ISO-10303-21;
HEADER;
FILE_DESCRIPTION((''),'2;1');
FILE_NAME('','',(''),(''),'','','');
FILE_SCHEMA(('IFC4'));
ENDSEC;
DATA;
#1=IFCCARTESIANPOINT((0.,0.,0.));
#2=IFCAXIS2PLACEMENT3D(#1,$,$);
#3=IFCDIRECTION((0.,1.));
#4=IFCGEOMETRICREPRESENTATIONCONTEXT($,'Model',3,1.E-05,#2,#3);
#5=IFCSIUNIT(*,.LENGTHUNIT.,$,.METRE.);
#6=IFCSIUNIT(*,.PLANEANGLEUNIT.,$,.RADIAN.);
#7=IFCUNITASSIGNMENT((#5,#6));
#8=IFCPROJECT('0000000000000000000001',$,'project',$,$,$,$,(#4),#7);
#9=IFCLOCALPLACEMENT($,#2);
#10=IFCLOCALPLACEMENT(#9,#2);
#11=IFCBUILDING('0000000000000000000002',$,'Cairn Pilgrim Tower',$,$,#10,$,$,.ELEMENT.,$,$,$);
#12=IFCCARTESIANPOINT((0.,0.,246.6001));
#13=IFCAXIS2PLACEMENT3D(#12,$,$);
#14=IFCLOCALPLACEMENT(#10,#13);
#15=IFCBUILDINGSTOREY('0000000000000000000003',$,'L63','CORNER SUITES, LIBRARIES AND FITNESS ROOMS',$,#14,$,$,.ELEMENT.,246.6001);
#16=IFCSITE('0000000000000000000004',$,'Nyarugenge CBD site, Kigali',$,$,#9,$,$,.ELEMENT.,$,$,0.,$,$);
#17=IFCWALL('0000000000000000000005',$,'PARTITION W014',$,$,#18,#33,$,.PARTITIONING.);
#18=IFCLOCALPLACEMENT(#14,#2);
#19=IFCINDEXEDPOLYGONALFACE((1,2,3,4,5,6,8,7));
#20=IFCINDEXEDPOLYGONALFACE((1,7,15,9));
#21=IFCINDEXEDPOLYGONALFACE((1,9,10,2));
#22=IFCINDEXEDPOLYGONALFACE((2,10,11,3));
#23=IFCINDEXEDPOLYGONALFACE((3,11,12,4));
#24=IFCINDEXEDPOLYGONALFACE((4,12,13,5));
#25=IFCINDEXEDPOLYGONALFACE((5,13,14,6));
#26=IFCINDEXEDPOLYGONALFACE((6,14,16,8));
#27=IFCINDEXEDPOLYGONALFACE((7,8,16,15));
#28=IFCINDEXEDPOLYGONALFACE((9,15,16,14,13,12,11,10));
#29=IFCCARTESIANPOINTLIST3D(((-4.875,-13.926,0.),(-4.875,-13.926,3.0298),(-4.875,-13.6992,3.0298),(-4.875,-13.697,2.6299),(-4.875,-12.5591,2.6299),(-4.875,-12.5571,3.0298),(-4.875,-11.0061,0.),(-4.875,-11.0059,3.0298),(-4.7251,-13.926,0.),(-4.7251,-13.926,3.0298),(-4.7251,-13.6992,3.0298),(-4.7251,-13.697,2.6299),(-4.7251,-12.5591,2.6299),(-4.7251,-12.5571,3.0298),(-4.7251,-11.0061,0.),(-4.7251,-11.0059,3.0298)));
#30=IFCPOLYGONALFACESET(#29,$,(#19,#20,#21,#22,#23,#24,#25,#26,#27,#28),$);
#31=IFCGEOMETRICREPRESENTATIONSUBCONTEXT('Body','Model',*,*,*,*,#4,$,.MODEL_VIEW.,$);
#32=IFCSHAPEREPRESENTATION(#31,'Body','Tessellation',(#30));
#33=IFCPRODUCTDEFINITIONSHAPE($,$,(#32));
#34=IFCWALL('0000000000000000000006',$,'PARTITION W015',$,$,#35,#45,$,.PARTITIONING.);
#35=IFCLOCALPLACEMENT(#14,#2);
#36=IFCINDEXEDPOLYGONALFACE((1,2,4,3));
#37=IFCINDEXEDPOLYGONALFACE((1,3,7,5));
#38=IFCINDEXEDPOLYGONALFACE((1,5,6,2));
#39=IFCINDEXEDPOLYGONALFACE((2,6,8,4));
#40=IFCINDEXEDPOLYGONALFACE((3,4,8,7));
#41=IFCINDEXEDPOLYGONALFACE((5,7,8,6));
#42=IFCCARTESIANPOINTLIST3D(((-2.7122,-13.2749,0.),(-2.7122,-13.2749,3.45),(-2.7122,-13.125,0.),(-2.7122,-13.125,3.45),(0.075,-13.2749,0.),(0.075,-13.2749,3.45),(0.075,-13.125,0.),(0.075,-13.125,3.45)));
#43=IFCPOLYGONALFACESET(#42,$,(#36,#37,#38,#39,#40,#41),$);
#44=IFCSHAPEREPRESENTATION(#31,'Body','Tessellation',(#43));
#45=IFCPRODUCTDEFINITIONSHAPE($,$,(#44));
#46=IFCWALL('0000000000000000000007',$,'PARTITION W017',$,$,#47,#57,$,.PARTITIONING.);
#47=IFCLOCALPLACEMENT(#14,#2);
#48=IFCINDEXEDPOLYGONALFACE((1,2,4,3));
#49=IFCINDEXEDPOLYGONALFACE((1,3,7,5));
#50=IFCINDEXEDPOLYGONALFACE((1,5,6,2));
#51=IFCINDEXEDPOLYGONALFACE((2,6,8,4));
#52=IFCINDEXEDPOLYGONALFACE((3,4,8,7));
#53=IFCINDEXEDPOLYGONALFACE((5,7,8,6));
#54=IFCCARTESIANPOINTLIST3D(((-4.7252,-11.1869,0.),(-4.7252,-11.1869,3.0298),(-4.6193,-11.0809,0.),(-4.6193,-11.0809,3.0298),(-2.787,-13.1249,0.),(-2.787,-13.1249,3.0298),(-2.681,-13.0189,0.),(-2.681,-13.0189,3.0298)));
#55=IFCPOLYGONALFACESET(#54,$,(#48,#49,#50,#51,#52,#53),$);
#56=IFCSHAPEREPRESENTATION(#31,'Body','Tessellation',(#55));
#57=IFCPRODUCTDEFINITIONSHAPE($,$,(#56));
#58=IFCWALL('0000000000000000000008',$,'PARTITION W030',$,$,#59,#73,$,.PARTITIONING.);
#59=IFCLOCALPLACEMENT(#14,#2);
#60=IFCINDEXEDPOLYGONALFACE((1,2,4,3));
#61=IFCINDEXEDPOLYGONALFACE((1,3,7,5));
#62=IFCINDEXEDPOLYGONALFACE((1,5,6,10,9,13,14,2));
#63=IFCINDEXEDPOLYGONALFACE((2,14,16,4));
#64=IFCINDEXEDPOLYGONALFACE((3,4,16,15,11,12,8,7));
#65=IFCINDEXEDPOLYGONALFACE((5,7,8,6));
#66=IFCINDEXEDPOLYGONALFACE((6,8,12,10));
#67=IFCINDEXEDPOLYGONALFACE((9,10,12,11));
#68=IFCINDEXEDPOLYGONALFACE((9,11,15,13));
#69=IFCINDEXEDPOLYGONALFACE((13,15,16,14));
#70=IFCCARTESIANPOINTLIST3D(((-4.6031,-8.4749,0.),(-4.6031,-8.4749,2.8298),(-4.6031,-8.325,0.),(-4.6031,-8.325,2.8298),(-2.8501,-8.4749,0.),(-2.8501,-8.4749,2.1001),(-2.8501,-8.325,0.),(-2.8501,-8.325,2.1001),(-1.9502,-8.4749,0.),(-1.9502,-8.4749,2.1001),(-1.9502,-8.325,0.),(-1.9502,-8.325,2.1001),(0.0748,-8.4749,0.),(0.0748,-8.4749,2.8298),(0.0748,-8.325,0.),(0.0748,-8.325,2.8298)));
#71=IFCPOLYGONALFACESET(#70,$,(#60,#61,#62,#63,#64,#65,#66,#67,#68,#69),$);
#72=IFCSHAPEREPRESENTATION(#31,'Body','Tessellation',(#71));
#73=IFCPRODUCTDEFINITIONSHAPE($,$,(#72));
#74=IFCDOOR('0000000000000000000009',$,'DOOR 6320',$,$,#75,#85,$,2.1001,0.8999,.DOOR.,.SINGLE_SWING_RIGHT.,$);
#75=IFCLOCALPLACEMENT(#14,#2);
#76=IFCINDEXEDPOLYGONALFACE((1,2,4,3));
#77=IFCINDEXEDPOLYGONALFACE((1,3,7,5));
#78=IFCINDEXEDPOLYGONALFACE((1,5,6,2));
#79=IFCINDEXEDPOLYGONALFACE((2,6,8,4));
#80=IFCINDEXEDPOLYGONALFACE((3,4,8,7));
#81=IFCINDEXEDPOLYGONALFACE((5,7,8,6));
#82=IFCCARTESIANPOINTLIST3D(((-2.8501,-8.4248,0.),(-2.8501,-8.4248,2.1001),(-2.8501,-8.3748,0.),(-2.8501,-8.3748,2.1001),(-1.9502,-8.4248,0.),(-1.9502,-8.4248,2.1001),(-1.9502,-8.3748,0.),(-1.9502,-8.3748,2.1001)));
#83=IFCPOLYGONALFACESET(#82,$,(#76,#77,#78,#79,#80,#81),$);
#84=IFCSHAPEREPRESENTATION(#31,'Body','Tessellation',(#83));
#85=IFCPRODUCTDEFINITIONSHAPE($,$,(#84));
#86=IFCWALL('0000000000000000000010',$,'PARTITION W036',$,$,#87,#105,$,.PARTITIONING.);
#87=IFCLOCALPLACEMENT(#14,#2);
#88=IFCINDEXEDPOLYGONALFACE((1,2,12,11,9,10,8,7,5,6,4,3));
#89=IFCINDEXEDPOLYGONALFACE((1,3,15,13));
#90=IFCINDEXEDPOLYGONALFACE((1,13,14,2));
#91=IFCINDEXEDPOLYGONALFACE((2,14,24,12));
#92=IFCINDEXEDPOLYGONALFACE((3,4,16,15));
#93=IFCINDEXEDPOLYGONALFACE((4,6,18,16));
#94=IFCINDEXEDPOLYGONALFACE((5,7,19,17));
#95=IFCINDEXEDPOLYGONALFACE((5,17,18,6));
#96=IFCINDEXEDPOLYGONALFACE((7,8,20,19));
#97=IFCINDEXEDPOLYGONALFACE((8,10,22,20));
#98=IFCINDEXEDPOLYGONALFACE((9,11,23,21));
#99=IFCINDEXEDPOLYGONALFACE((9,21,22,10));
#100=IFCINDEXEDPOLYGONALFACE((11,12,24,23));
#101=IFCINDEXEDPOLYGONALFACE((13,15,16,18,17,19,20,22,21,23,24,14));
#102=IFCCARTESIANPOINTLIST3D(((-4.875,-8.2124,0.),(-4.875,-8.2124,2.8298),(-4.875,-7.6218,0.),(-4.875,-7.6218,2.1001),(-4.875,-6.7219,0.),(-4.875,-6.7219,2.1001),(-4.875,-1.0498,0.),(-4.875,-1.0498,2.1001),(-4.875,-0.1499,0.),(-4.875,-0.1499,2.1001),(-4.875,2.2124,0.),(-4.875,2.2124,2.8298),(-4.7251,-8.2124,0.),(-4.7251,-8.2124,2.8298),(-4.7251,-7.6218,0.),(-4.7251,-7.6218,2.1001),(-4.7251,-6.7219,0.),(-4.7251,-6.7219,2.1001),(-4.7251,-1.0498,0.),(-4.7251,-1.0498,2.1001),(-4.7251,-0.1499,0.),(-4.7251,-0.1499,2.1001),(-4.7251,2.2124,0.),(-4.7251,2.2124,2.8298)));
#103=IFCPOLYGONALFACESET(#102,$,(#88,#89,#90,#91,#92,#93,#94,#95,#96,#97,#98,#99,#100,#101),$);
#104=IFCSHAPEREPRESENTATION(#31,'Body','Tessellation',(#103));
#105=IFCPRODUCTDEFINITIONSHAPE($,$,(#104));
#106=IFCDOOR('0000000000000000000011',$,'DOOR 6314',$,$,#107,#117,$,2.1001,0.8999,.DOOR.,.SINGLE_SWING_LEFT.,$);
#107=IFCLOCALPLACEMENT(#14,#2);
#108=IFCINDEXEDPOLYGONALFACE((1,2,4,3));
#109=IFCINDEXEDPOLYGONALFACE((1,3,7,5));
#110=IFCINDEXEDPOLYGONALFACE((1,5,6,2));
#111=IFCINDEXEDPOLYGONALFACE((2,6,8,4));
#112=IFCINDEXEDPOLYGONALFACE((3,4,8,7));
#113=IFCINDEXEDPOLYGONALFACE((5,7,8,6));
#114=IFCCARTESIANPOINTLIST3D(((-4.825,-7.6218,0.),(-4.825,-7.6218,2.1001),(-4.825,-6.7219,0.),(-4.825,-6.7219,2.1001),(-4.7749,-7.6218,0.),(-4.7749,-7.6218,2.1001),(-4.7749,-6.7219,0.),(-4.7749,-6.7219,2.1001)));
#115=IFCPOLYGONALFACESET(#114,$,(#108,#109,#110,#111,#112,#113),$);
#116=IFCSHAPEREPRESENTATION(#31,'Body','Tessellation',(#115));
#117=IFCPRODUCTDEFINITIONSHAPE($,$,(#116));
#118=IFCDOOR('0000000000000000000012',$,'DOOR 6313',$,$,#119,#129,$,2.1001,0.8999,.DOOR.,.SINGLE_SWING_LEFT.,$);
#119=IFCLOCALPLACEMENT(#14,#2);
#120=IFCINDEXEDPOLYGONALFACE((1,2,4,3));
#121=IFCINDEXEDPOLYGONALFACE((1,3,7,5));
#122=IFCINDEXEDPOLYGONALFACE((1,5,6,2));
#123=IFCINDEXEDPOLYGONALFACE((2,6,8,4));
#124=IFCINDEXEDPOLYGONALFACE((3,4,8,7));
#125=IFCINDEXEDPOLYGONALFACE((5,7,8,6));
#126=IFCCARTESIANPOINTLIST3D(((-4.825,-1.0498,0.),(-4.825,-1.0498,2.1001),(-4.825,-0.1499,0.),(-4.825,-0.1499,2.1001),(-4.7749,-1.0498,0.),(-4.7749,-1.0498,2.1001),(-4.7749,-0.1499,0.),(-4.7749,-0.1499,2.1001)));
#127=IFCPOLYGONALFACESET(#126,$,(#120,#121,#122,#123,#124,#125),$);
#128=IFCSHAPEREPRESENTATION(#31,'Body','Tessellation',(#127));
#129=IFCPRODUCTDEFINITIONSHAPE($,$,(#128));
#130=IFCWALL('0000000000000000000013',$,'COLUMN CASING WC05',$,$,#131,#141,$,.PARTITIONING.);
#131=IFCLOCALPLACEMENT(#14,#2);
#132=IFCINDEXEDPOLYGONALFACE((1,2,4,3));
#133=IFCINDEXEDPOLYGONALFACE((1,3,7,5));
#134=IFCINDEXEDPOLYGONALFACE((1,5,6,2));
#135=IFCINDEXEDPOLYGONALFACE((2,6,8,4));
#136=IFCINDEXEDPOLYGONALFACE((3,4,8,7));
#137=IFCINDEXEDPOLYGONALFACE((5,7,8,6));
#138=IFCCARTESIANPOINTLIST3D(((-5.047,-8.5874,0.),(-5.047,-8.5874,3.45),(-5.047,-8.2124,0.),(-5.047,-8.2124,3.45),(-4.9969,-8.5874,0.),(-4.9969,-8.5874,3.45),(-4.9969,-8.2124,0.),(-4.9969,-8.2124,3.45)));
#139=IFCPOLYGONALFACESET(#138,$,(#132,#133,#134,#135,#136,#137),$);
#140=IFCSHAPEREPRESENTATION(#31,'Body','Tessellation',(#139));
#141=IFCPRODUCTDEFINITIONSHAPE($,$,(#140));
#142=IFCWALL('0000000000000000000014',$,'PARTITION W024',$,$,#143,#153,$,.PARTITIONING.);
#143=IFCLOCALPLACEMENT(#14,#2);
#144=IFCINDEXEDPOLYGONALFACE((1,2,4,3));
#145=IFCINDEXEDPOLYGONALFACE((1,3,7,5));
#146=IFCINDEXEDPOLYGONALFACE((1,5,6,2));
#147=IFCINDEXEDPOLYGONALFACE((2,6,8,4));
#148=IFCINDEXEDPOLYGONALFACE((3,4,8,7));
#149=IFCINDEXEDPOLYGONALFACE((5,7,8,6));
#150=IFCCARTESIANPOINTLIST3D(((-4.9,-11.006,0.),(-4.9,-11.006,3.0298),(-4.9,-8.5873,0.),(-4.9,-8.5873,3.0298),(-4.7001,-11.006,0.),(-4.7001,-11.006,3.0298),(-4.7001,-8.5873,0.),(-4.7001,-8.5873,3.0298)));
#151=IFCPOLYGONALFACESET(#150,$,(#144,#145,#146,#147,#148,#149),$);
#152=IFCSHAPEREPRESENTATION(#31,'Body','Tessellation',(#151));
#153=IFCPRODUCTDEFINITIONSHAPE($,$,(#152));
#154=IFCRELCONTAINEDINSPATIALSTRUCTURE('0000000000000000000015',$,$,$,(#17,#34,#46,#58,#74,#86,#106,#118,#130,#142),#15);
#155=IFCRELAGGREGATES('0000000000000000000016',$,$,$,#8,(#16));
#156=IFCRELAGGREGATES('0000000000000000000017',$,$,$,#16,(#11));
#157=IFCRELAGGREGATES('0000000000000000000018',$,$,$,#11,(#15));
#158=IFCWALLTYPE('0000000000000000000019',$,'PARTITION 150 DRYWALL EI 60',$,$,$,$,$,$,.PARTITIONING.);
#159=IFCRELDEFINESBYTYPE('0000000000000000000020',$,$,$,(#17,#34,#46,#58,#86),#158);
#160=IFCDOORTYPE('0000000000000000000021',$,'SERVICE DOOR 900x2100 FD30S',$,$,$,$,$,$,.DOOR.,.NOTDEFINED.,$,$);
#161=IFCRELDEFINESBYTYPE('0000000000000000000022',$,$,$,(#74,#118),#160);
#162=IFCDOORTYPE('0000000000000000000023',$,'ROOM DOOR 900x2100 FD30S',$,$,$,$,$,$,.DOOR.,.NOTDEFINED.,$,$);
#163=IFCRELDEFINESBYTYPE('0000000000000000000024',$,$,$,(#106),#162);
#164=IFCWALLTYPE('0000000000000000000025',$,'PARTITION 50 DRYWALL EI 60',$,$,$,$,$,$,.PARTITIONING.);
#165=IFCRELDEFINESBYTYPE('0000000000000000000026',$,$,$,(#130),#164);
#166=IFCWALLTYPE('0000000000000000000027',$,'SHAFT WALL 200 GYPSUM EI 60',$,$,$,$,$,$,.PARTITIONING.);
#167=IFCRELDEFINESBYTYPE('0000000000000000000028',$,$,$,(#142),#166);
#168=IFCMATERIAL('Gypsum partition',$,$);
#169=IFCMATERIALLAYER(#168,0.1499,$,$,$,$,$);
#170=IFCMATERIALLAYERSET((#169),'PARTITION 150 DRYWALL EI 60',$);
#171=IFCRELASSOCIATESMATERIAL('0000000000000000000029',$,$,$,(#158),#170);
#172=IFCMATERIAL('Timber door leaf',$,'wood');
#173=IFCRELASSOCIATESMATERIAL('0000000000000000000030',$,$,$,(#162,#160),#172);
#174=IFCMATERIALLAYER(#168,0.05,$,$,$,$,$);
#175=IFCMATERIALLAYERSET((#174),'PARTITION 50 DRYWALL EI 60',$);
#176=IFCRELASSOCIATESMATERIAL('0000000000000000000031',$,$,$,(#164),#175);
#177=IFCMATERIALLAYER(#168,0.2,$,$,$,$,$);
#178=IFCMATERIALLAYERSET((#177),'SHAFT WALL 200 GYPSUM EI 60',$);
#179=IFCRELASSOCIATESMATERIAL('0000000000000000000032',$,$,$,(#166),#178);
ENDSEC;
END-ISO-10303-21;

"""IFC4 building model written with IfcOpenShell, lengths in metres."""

from ifc_helpers import new_model, si_unit, direction, frame, frame_2d, origin, place, context, subcontext, project, spatial, polyline, rectangle, outline, extrude, material, layer, layer_set, type_object, element, fill, save


model = new_model("IFC4")

# Units and contexts
model_context = context("Model", 3, precision=1e-05, world=origin(), true_north=direction((0.0, 1.0)))
body_context = subcontext(model_context, "Body", "Model", "MODEL_VIEW")
ifc_project = project(units=[si_unit("LENGTHUNIT", "METRE"), si_unit("PLANEANGLEUNIT", "RADIAN")], contexts=[model_context])

# Site, building, storey
site_placement = place(None, origin())
site = spatial("IfcSite", under=ifc_project, at=site_placement, Name="Nyarugenge CBD site, Kigali", CompositionType="ELEMENT", RefElevation=0.0)
building_placement = place(site_placement, origin())
building = spatial("IfcBuilding", under=site, at=building_placement, Name="Cairn Pilgrim Tower", CompositionType="ELEMENT")
storey_placement = place(building_placement, frame((0.0, 0.0, 246.6001)))
storey = spatial("IfcBuildingStorey", under=building, at=storey_placement, Name="L63", Description="CORNER SUITES, LIBRARIES AND FITNESS ROOMS", CompositionType="ELEMENT", Elevation=246.6001)

# Shared definitions
ifc_material_1 = material(Name="Gypsum partition")
ifc_layer_1 = layer(ifc_material_1, 0.1499)
ifc_layer_set_1 = layer_set([ifc_layer_1], Name="PARTITION 150 DRYWALL EI 60")
wall_type_1 = type_object("IfcWallType", Name="PARTITION 150 DRYWALL EI 60", PredefinedType="PARTITIONING", material=ifc_layer_set_1)
ifc_material_2 = material(Name="Timber door leaf", Category="wood")
door_type_1 = type_object("IfcDoorType", Name="ROOM DOOR 900x2100 FD30S", OperationType="NOTDEFINED", PredefinedType="DOOR", material=ifc_material_2)

# Walls
wall_1_placement = place(storey_placement, frame((-4.8, -13.926, 0.0), z_axis=(0.0, 0.0, 1.0), x_axis=(0.0, 1.0, 0.0)))
element("IfcWall", 1, at=wall_1_placement, inside=storey, type_object=wall_type_1, Name="PARTITION W014", PredefinedType="PARTITIONING", context=body_context, shape_type="SweptSolid", body=[
    extrude(outline(polyline([(0.0, 0.0), (2.9199, 0.0), (2.9202, 3.0298), (1.3689, 3.0298), (1.3669, 2.6299), (0.229, 2.6299), (0.2268, 3.0298), (0.0, 3.0298), (0.0, 0.0)])), frame((0.0, 0.075, 0.0), z_axis=(0.0, -1.0, 0.0), x_axis=(1.0, 0.0, 0.0)), (0.0, 0.0, 1.0), 0.1499),
])
wall_2_placement = place(storey_placement, frame((-2.7122, -13.2, 0.0), z_axis=(0.0, 0.0, 1.0), x_axis=(1.0, 0.0, 0.0)))
element("IfcWall", 2, at=wall_2_placement, inside=storey, type_object=wall_type_1, Name="PARTITION W015", PredefinedType="PARTITIONING", context=body_context, shape_type="SweptSolid", body=[
    extrude(rectangle(XDim=2.7871, YDim=0.1499, at=frame_2d((1.3936, 0.0))), origin(), (0.0, 0.0, 1.0), 3.45),
])
wall_3_placement = place(storey_placement, frame((-2.7339, -13.072, 0.0), z_axis=(0.0, 0.0, 1.0), x_axis=(-0.707151, 0.707062, 0.0)))
element("IfcWall", 3, at=wall_3_placement, inside=storey, type_object=wall_type_1, Name="PARTITION W017", PredefinedType="PARTITIONING", context=body_context, shape_type="SweptSolid", body=[
    extrude(rectangle(XDim=2.741, YDim=0.1499, at=frame_2d((1.3706, 0.0))), origin(), (0.0, 0.0, 1.0), 3.0298),
])

# Wall, opening, door
wall_4_placement = place(storey_placement, frame((-4.603, -8.3999, 0.0), z_axis=(0.0, 0.0, 1.0), x_axis=(1.0, 0.0, 0.0)))
wall_4 = element("IfcWall", 4, at=wall_4_placement, inside=storey, type_object=wall_type_1, Name="PARTITION W030", PredefinedType="PARTITIONING", context=body_context, shape_type="SweptSolid", body=[
    extrude(rectangle(XDim=4.678, YDim=0.1499, at=frame_2d((2.3389, 0.0))), origin(), (0.0, 0.0, 1.0), 2.8298),
])
opening_1_placement = place(wall_4_placement, frame((1.7529, 0.0, 0.0)))
opening_1 = element("IfcOpeningElement", 5, at=opening_1_placement, cuts=wall_4, PredefinedType="OPENING", context=body_context, shape_type="SweptSolid", body=[
    extrude(rectangle(XDim=0.8999, YDim=2.1001, at=frame_2d((0.45, 1.05))), frame((0.0, 0.085, 0.0), z_axis=(0.0, -1.0, 0.0), x_axis=(1.0, 0.0, 0.0)), (0.0, 0.0, 1.0), 0.1699),
])
door_type_2 = type_object("IfcDoorType", Name="SERVICE DOOR 900x2100 FD30S", OperationType="NOTDEFINED", PredefinedType="DOOR", material=ifc_material_2)
door_1_placement = place(opening_1_placement, frame((0.8999, 0.0, 0.0), z_axis=(0.0, 0.0, 1.0), x_axis=(-1.0, 0.0, 0.0)))
door_1 = element("IfcDoor", 6, at=door_1_placement, inside=storey, type_object=door_type_2, Name="DOOR 6320", OperationType="SINGLE_SWING_RIGHT", OverallHeight=2.1001, OverallWidth=0.8999, PredefinedType="DOOR", context=body_context, shape_type="SweptSolid", body=[
    extrude(rectangle(XDim=0.8999, YDim=2.1001, at=frame_2d((0.45, 1.05))), frame((0.0, 0.0249, 0.0), z_axis=(0.0, -1.0, 0.0), x_axis=(1.0, 0.0, 0.0)), (0.0, 0.0, 1.0), 0.05),
])
fill(opening_1, door_1)

# Wall, openings, doors
wall_5_placement = place(storey_placement, frame((-4.8, -8.2124, 0.0), z_axis=(0.0, 0.0, 1.0), x_axis=(0.0, 1.0, 0.0)))
wall_5 = element("IfcWall", 7, at=wall_5_placement, inside=storey, type_object=wall_type_1, Name="PARTITION W036", PredefinedType="PARTITIONING", context=body_context, shape_type="SweptSolid", body=[
    extrude(rectangle(XDim=10.4248, YDim=0.1499, at=frame_2d((5.2124, 0.0))), origin(), (0.0, 0.0, 1.0), 2.8298),
])
opening_2_placement = place(wall_5_placement, frame((7.1626, 0.0, 0.0)))
opening_2 = element("IfcOpeningElement", 8, at=opening_2_placement, cuts=wall_5, PredefinedType="OPENING", context=body_context, shape_type="SweptSolid", body=[
    extrude(rectangle(XDim=0.8999, YDim=2.1001, at=frame_2d((0.45, 1.05))), frame((0.0, 0.085, 0.0), z_axis=(0.0, -1.0, 0.0), x_axis=(1.0, 0.0, 0.0)), (0.0, 0.0, 1.0), 0.1699),
])
opening_3_placement = place(wall_5_placement, frame((0.5906, 0.0, 0.0)))
opening_3 = element("IfcOpeningElement", 9, at=opening_3_placement, cuts=wall_5, PredefinedType="OPENING", context=body_context, shape_type="SweptSolid", body=[
    extrude(rectangle(XDim=0.8999, YDim=2.1001, at=frame_2d((0.45, 1.05))), frame((0.0, 0.085, 0.0), z_axis=(0.0, -1.0, 0.0), x_axis=(1.0, 0.0, 0.0)), (0.0, 0.0, 1.0), 0.1699),
])
door_2_placement = place(opening_3_placement, origin())
door_2 = element("IfcDoor", 10, at=door_2_placement, inside=storey, type_object=door_type_1, Name="DOOR 6314", OperationType="SINGLE_SWING_LEFT", OverallHeight=2.1001, OverallWidth=0.8999, PredefinedType="DOOR", context=body_context, shape_type="SweptSolid", body=[
    extrude(rectangle(XDim=0.8999, YDim=2.1001, at=frame_2d((0.45, 1.05))), frame((0.0, 0.0249, 0.0), z_axis=(0.0, -1.0, 0.0), x_axis=(1.0, 0.0, 0.0)), (0.0, 0.0, 1.0), 0.05),
])
fill(opening_3, door_2)
door_3_placement = place(opening_2_placement, origin())
door_3 = element("IfcDoor", 11, at=door_3_placement, inside=storey, type_object=door_type_2, Name="DOOR 6313", OperationType="SINGLE_SWING_LEFT", OverallHeight=2.1001, OverallWidth=0.8999, PredefinedType="DOOR", context=body_context, shape_type="SweptSolid", body=[
    extrude(rectangle(XDim=0.8999, YDim=2.1001, at=frame_2d((0.45, 1.05))), frame((0.0, 0.0249, 0.0), z_axis=(0.0, -1.0, 0.0), x_axis=(1.0, 0.0, 0.0)), (0.0, 0.0, 1.0), 0.05),
])
fill(opening_2, door_3)

# Walls
ifc_layer_2 = layer(ifc_material_1, 0.05)
ifc_layer_set_2 = layer_set([ifc_layer_2], Name="PARTITION 50 DRYWALL EI 60")
wall_type_2 = type_object("IfcWallType", Name="PARTITION 50 DRYWALL EI 60", PredefinedType="PARTITIONING", material=ifc_layer_set_2)
wall_6_placement = place(storey_placement, frame((-5.022, -8.5874, 0.0), z_axis=(0.0, 0.0, 1.0), x_axis=(0.0, 1.0, 0.0)))
element("IfcWall", 12, at=wall_6_placement, inside=storey, type_object=wall_type_2, Name="COLUMN CASING WC05", PredefinedType="PARTITIONING", context=body_context, shape_type="SweptSolid", body=[
    extrude(rectangle(XDim=0.375, YDim=0.05, at=frame_2d((0.1875, 0.0))), origin(), (0.0, 0.0, 1.0), 3.45),
])
ifc_layer_3 = layer(ifc_material_1, 0.2)
ifc_layer_set_3 = layer_set([ifc_layer_3], Name="SHAFT WALL 200 GYPSUM EI 60")
wall_type_3 = type_object("IfcWallType", Name="SHAFT WALL 200 GYPSUM EI 60", PredefinedType="PARTITIONING", material=ifc_layer_set_3)
wall_7_placement = place(storey_placement, frame((-4.8, -11.0061, 0.0), z_axis=(0.0, 0.0, 1.0), x_axis=(0.0, 1.0, 0.0)))
element("IfcWall", 13, at=wall_7_placement, inside=storey, type_object=wall_type_3, Name="PARTITION W024", PredefinedType="PARTITIONING", context=body_context, shape_type="SweptSolid", body=[
    extrude(rectangle(XDim=2.4187, YDim=0.2, at=frame_2d((1.2095, 0.0))), origin(), (0.0, 0.0, 1.0), 3.0298),
])

save(model, "model.ifc")
